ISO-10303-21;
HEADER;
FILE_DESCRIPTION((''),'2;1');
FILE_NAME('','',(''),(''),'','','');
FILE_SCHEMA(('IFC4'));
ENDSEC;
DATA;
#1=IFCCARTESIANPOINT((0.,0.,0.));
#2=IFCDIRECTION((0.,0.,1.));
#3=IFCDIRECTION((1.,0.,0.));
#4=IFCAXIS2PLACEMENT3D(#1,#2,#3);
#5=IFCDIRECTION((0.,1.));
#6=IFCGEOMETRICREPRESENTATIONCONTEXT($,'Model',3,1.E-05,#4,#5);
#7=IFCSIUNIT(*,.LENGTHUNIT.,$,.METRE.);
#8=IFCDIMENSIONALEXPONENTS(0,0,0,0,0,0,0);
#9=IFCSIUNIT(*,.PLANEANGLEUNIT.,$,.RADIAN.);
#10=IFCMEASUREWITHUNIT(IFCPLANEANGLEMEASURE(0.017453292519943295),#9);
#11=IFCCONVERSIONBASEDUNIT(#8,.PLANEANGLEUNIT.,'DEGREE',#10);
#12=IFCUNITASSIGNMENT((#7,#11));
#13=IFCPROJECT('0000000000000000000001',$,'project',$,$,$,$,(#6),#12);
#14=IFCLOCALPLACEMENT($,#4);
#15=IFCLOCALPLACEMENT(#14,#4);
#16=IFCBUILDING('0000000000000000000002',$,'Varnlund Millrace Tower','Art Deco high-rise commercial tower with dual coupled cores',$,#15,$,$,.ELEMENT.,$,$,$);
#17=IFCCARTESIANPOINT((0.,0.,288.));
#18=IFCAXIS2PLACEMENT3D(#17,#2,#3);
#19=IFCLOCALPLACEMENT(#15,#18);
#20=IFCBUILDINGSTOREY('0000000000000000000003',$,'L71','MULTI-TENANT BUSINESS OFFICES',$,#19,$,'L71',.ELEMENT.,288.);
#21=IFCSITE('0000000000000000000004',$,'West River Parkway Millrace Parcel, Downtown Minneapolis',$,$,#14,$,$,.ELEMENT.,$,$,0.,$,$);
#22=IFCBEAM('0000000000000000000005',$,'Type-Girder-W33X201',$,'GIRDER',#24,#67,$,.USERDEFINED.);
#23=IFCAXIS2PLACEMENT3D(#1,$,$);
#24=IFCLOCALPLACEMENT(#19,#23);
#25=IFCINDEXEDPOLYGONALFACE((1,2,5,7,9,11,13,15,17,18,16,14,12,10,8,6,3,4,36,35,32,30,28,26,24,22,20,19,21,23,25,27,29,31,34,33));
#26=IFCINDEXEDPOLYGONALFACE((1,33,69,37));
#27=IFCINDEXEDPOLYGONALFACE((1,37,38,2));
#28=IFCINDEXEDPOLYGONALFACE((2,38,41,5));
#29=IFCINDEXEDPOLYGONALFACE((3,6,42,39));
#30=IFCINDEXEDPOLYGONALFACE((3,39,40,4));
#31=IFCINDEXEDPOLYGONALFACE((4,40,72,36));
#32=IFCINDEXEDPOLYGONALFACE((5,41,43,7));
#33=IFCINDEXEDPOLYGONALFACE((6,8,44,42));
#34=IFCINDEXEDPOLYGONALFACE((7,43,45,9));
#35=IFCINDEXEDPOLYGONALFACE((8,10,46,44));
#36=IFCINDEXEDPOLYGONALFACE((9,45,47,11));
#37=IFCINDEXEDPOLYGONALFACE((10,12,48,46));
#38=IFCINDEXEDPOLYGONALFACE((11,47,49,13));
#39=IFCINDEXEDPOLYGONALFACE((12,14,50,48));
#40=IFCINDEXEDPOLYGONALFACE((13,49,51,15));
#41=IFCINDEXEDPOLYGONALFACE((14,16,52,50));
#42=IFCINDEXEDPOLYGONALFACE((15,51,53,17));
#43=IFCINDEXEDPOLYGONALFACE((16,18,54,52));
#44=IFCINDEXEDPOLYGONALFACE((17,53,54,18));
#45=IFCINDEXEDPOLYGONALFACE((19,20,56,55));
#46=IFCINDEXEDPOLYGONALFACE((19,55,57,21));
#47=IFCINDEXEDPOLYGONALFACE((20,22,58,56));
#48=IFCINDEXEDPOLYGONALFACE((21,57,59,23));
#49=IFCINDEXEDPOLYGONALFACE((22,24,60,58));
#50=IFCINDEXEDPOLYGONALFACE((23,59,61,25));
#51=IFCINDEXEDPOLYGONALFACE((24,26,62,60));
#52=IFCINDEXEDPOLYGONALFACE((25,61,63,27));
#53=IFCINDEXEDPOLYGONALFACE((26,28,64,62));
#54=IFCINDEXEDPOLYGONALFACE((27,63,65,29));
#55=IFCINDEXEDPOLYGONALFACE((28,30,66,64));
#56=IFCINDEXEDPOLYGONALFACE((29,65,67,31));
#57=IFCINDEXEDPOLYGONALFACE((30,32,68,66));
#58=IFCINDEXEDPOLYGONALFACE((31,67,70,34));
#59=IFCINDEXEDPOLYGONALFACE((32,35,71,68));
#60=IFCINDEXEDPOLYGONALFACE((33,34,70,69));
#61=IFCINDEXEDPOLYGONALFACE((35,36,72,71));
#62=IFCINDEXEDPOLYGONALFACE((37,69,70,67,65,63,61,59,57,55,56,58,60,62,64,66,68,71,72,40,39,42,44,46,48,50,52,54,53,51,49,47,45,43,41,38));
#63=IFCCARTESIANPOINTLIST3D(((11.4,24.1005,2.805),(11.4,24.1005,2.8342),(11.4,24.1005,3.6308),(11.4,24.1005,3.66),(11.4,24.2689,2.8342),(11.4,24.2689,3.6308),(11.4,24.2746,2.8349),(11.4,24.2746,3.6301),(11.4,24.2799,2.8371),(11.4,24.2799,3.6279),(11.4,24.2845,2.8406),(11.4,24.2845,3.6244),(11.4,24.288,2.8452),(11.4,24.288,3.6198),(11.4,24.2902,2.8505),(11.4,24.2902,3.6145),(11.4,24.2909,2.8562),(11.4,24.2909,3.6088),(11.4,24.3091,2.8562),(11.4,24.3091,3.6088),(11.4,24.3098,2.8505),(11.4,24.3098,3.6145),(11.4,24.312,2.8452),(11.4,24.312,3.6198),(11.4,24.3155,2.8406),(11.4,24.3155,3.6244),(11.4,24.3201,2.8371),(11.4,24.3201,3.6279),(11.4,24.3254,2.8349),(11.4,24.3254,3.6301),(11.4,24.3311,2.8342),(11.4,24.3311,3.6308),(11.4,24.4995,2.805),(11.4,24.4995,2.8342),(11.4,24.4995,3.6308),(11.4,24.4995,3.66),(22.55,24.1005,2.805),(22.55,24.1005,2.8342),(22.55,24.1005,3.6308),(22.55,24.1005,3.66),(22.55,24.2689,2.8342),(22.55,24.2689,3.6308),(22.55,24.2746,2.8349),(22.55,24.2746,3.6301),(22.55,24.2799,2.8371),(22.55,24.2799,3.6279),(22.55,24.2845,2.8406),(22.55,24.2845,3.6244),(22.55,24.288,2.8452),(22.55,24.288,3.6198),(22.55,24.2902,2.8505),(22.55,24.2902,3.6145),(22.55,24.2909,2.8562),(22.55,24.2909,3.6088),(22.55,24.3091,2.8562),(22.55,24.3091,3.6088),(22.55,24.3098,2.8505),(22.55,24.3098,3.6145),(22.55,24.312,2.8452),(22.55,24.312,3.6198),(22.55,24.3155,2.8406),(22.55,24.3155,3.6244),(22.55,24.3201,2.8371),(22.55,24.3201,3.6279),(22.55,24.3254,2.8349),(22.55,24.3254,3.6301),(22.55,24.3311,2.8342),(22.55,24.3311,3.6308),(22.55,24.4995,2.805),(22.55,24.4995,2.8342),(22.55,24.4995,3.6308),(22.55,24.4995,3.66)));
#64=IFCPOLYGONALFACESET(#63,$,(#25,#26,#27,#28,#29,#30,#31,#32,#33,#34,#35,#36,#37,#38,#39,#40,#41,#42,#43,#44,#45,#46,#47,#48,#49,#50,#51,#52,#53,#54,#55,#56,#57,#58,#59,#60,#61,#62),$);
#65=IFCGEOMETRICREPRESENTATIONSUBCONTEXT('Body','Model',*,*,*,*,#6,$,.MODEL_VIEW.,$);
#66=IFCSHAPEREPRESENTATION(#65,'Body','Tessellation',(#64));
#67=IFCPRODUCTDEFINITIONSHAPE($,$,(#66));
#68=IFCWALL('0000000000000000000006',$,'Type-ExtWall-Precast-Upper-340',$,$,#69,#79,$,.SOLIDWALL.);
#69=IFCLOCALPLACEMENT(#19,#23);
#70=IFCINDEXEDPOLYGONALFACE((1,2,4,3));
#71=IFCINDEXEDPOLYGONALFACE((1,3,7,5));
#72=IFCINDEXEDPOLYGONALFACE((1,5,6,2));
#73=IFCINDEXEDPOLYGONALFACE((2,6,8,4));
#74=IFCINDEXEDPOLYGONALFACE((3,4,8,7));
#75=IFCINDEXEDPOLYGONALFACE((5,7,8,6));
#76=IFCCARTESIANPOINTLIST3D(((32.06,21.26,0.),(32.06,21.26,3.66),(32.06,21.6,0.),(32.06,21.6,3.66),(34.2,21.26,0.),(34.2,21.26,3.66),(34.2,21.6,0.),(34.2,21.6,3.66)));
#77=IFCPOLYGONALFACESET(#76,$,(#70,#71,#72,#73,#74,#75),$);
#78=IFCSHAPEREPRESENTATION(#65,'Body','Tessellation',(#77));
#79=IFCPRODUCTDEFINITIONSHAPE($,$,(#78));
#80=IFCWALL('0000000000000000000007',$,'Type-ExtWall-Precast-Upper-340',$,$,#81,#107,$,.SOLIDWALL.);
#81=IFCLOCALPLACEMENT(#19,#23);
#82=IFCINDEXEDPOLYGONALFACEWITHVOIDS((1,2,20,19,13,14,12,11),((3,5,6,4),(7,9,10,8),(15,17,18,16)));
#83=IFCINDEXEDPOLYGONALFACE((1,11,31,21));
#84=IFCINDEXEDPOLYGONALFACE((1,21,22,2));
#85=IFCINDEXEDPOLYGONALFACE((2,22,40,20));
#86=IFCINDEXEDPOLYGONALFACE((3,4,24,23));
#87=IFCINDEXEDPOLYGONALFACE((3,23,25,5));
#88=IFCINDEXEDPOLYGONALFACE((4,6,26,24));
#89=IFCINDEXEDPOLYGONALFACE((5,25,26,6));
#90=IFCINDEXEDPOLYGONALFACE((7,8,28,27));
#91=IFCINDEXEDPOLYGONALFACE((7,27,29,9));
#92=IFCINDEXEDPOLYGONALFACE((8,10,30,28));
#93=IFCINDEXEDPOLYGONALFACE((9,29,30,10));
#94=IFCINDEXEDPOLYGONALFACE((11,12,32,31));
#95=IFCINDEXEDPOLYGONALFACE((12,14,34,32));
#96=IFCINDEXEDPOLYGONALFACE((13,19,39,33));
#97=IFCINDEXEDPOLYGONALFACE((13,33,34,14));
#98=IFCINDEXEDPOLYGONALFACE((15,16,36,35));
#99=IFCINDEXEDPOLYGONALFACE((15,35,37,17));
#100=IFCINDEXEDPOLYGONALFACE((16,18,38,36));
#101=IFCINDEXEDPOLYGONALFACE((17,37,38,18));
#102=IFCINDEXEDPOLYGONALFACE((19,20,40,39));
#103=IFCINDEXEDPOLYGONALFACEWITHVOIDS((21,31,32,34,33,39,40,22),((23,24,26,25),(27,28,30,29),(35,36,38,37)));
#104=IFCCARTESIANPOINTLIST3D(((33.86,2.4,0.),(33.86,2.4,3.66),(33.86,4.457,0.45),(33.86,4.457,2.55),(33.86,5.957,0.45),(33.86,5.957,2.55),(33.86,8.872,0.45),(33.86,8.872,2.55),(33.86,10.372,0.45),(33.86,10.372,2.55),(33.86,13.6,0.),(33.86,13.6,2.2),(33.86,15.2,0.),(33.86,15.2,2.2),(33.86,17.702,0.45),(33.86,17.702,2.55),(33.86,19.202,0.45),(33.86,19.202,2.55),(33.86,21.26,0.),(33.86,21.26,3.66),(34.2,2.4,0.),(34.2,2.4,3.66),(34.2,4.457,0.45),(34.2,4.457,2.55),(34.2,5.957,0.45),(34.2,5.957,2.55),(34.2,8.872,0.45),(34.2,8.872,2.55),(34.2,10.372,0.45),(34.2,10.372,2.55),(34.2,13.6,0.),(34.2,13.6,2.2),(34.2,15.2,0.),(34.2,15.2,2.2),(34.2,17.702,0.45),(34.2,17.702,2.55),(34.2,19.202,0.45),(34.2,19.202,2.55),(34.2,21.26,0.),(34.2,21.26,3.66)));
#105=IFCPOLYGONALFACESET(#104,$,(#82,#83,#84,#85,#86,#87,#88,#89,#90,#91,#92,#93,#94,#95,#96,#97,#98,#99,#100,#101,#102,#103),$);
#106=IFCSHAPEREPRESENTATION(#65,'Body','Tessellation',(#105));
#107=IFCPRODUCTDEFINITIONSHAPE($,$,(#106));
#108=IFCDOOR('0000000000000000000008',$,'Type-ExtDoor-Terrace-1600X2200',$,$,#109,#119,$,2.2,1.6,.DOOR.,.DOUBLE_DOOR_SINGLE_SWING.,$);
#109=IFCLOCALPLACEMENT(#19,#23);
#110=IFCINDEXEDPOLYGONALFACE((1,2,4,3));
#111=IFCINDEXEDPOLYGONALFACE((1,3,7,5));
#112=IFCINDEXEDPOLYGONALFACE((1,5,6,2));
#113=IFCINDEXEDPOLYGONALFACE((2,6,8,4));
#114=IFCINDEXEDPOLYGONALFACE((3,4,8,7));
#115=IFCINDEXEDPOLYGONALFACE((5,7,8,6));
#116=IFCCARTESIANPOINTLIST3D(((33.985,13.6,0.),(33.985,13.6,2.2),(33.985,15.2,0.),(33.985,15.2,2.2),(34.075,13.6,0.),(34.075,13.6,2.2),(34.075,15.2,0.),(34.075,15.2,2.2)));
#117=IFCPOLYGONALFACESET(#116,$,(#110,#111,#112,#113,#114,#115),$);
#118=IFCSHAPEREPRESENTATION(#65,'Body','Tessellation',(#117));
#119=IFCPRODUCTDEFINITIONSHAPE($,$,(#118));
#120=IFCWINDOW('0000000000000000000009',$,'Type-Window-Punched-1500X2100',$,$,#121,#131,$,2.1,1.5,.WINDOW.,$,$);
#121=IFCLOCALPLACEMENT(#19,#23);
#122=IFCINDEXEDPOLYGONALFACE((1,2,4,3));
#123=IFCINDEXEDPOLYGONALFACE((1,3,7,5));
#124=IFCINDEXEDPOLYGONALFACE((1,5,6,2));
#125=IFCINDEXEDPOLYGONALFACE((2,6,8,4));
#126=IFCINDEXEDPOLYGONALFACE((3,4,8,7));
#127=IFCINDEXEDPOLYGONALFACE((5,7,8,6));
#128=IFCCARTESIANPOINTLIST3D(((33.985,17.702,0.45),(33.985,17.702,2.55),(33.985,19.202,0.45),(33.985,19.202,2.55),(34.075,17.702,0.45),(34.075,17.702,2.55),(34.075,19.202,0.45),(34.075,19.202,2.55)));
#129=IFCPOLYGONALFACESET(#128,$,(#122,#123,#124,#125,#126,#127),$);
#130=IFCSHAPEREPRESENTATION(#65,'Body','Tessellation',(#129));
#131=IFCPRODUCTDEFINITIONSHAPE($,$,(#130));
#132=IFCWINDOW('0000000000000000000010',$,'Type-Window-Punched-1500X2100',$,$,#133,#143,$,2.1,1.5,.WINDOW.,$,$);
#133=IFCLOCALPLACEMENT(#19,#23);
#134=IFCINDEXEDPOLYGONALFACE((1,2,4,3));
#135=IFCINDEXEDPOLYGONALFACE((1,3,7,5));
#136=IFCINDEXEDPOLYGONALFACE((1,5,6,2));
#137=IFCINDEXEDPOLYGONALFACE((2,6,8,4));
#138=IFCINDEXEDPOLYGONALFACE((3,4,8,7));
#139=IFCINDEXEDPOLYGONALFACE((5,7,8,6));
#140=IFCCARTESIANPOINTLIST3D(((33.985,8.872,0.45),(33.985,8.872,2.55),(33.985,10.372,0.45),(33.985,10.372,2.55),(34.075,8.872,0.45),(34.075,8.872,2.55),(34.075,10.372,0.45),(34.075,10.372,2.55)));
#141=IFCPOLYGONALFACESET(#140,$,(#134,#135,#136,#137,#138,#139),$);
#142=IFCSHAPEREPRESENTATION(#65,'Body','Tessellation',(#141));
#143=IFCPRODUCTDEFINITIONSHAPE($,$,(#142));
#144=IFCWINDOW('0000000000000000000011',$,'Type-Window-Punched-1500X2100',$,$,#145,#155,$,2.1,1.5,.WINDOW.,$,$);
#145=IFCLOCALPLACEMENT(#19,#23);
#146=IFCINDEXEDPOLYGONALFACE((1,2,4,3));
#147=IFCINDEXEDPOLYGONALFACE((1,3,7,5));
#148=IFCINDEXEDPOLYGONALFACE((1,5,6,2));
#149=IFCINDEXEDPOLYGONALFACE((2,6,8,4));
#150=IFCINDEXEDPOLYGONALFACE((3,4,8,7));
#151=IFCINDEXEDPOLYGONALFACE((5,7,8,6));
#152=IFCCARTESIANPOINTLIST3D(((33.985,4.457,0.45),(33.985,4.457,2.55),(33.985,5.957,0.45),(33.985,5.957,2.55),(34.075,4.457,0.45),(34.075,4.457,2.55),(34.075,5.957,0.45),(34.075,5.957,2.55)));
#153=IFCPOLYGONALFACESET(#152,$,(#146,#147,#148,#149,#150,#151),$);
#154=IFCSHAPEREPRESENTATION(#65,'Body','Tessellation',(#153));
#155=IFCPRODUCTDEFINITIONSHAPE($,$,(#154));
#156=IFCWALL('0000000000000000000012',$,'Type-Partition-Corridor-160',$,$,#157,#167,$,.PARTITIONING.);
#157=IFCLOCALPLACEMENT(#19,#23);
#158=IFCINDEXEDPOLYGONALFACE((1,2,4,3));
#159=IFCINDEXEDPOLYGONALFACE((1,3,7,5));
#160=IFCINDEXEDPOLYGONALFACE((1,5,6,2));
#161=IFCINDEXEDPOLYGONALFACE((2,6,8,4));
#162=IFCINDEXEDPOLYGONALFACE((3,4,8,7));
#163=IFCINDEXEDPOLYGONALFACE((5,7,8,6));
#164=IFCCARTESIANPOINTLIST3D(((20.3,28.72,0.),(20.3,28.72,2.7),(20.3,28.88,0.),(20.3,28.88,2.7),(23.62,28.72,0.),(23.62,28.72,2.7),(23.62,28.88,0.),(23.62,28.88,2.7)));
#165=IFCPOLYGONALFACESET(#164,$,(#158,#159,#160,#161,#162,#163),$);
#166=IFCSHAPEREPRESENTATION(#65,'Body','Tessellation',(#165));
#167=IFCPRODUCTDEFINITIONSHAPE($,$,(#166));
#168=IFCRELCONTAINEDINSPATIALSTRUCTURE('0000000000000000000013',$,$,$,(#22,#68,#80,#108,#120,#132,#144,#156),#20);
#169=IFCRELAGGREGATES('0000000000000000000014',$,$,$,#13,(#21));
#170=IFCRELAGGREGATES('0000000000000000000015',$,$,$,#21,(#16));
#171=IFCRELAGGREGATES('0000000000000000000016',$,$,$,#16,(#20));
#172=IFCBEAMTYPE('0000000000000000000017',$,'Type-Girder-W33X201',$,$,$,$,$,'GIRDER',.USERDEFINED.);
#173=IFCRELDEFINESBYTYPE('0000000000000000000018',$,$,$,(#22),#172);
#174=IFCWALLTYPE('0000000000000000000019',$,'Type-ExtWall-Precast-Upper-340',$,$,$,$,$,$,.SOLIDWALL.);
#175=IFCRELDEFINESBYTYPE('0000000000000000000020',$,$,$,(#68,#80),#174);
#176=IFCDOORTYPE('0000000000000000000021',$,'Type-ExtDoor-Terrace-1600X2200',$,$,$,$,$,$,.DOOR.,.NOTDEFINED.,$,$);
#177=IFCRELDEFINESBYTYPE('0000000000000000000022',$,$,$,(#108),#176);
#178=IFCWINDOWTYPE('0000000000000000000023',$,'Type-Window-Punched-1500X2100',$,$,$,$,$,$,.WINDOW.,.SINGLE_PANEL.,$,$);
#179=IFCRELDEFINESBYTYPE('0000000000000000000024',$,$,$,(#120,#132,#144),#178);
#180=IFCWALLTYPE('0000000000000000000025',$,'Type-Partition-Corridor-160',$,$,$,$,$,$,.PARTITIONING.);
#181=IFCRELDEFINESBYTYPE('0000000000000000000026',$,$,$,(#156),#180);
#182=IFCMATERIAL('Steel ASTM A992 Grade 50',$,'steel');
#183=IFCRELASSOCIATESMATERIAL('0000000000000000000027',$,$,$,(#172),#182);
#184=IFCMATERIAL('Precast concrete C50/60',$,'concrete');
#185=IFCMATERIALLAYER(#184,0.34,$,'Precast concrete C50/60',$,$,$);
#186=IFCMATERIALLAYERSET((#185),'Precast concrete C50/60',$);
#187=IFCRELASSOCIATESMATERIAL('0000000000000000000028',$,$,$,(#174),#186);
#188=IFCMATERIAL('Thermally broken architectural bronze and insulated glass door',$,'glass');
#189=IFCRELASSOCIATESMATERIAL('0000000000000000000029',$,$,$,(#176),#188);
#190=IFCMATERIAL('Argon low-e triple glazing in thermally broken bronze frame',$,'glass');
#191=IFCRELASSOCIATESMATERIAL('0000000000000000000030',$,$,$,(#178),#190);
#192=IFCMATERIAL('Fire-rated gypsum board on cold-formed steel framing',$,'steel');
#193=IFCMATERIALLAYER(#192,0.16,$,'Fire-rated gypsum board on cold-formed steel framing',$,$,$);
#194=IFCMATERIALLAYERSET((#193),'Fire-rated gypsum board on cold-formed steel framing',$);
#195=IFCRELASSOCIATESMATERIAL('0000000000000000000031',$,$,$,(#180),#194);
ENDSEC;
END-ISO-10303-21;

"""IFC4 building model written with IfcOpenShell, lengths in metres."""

from ifc_helpers import new_model, entity, si_unit, converted_unit, direction, frame, origin_with_axes, origin_2d_with_axis, place, context, subcontext, project, spatial, polyline, rectangle, i_section, outline, extrude, material, layer, layer_set, material_profile, profile_set, type_object, element, fill, save


model = new_model("IFC4")

# Units and contexts
model_context = context("Model", 3, precision=1e-05, world=origin_with_axes(), true_north=direction((0.0, 1.0)))
body_context = subcontext(model_context, "Body", "Model", "MODEL_VIEW")
ifc_project = project(units=[si_unit("LENGTHUNIT", "METRE"), converted_unit("PLANEANGLEUNIT", "DEGREE", entity("IfcPlaneAngleMeasure", 0.017453292519943295), si_unit("PLANEANGLEUNIT", "RADIAN"), dimensions=[0, 0, 0, 0, 0, 0, 0])], contexts=[model_context])

# Site, building, storey
site_placement = place(None, origin_with_axes())
site = spatial("IfcSite", under=ifc_project, at=site_placement, Name="West River Parkway Millrace Parcel, Downtown Minneapolis", CompositionType="ELEMENT", RefElevation=0.0)
building_placement = place(site_placement, origin_with_axes())
building = spatial("IfcBuilding", under=site, at=building_placement, Name="Varnlund Millrace Tower", Description="Art Deco high-rise commercial tower with dual coupled cores", CompositionType="ELEMENT")
storey_placement = place(building_placement, frame((0.0, 0.0, 288.0), z_axis=(0.0, 0.0, 1.0), x_axis=(1.0, 0.0, 0.0)))
storey = spatial("IfcBuildingStorey", under=building, at=storey_placement, Name="L71", Description="MULTI-TENANT BUSINESS OFFICES", LongName="L71", CompositionType="ELEMENT", Elevation=288.0)

# Beam
ifc_material_1 = material(Name="Steel ASTM A992 Grade 50", Category="steel")
ifc_material_profile_1 = material_profile(ifc_material_1, i_section(OverallWidth=0.399, OverallDepth=0.855, WebThickness=0.0182, FlangeThickness=0.0292, FilletRadius=0.022, at=origin_2d_with_axis()), Name="Steel ASTM A992 Grade 50")
ifc_profile_set_1 = profile_set([ifc_material_profile_1], Name="Steel ASTM A992 Grade 50")
beam_type_1 = type_object("IfcBeamType", Name="Type-Girder-W33X201", ElementType="GIRDER", PredefinedType="USERDEFINED", material=ifc_profile_set_1)
beam_1_placement = place(storey_placement, frame((11.4, 24.3, 3.2325), z_axis=(1.0, 0.0, 0.0), x_axis=(0.0, 1.0, 0.0)))
element("IfcBeam", 1, at=beam_1_placement, inside=storey, type_object=beam_type_1, Name="Type-Girder-W33X201", ObjectType="GIRDER", PredefinedType="USERDEFINED", context=body_context, shape_type="SweptSolid", body=[
    extrude(i_section(OverallWidth=0.399, OverallDepth=0.855, WebThickness=0.0182, FlangeThickness=0.0292, FilletRadius=0.022, at=origin_2d_with_axis()), origin_with_axes(), (0.0, 0.0, 1.0), 11.15),
])

# Wall
ifc_material_2 = material(Name="Precast concrete C50/60", Category="concrete")
ifc_layer_1 = layer(ifc_material_2, 0.34, Name="Precast concrete C50/60")
ifc_layer_set_1 = layer_set([ifc_layer_1], Name="Precast concrete C50/60")
wall_type_1 = type_object("IfcWallType", Name="Type-ExtWall-Precast-Upper-340", PredefinedType="SOLIDWALL", material=ifc_layer_set_1)
wall_1_placement = place(storey_placement, frame((32.06, 21.43, 0.0), z_axis=(0.0, 0.0, 1.0), x_axis=(1.0, 0.0, 0.0)))
element("IfcWall", 2, at=wall_1_placement, inside=storey, type_object=wall_type_1, Name="Type-ExtWall-Precast-Upper-340", PredefinedType="SOLIDWALL", context=body_context, shape_type="SweptSolid", body=[
    extrude(outline(polyline([(0.0, -0.17), (2.14, -0.17), (2.14, 0.17), (0.0, 0.17), (0.0, -0.17)])), origin_with_axes(), (0.0, 0.0, 1.0), 3.66),
])

# Wall, openings, door, windows
wall_2_placement = place(storey_placement, frame((34.03, 21.26, 0.0), z_axis=(0.0, 0.0, 1.0), x_axis=(0.0, -1.0, 0.0)))
wall_2 = element("IfcWall", 3, at=wall_2_placement, inside=storey, type_object=wall_type_1, Name="Type-ExtWall-Precast-Upper-340", PredefinedType="SOLIDWALL", context=body_context, shape_type="SweptSolid", body=[
    extrude(outline(polyline([(0.0, -0.17), (18.86, -0.17), (18.86, 0.17), (0.0, 0.17), (0.0, -0.17)])), origin_with_axes(), (0.0, 0.0, 1.0), 3.66),
])
opening_1_placement = place(wall_2_placement, frame((6.86, 0.0, 0.0), z_axis=(0.0, 0.0, 1.0), x_axis=(1.0, 0.0, 0.0)))
opening_1 = element("IfcOpeningElement", 4, at=opening_1_placement, cuts=wall_2, PredefinedType="OPENING", context=body_context, shape_type="SweptSolid", body=[
    extrude(rectangle(XDim=1.6, YDim=0.36, at=origin_2d_with_axis()), origin_with_axes(), (0.0, 0.0, 1.0), 2.2),
])
opening_2_placement = place(wall_2_placement, frame((2.808, 0.0, 0.45), z_axis=(0.0, 0.0, 1.0), x_axis=(1.0, 0.0, 0.0)))
opening_2 = element("IfcOpeningElement", 5, at=opening_2_placement, cuts=wall_2, PredefinedType="OPENING", context=body_context, shape_type="SweptSolid", body=[
    extrude(rectangle(XDim=1.5, YDim=0.36, at=origin_2d_with_axis()), origin_with_axes(), (0.0, 0.0, 1.0), 2.1),
])
opening_3_placement = place(wall_2_placement, frame((11.638, 0.0, 0.45), z_axis=(0.0, 0.0, 1.0), x_axis=(1.0, 0.0, 0.0)))
opening_3 = element("IfcOpeningElement", 6, at=opening_3_placement, cuts=wall_2, PredefinedType="OPENING", context=body_context, shape_type="SweptSolid", body=[
    extrude(rectangle(XDim=1.5, YDim=0.36, at=origin_2d_with_axis()), origin_with_axes(), (0.0, 0.0, 1.0), 2.1),
])
opening_4_placement = place(wall_2_placement, frame((16.053, 0.0, 0.45), z_axis=(0.0, 0.0, 1.0), x_axis=(1.0, 0.0, 0.0)))
opening_4 = element("IfcOpeningElement", 7, at=opening_4_placement, cuts=wall_2, PredefinedType="OPENING", context=body_context, shape_type="SweptSolid", body=[
    extrude(rectangle(XDim=1.5, YDim=0.36, at=origin_2d_with_axis()), origin_with_axes(), (0.0, 0.0, 1.0), 2.1),
])
ifc_material_3 = material(Name="Thermally broken architectural bronze and insulated glass door", Category="glass")
door_type = type_object("IfcDoorType", Name="Type-ExtDoor-Terrace-1600X2200", OperationType="NOTDEFINED", PredefinedType="DOOR", material=ifc_material_3)
door_placement = place(wall_2_placement, frame((6.86, 0.0, 0.0), z_axis=(0.0, 0.0, 1.0), x_axis=(1.0, 0.0, 0.0)))
door = element("IfcDoor", 8, at=door_placement, inside=storey, type_object=door_type, Name="Type-ExtDoor-Terrace-1600X2200", OperationType="DOUBLE_DOOR_SINGLE_SWING", OverallHeight=2.2, OverallWidth=1.6, PredefinedType="DOOR", context=body_context, shape_type="SweptSolid", body=[
    extrude(rectangle(XDim=1.6, YDim=0.09, at=origin_2d_with_axis()), origin_with_axes(), (0.0, 0.0, 1.0), 2.2),
])
fill(opening_1, door)
ifc_material_4 = material(Name="Argon low-e triple glazing in thermally broken bronze frame", Category="glass")
window_type = type_object("IfcWindowType", Name="Type-Window-Punched-1500X2100", PartitioningType="SINGLE_PANEL", PredefinedType="WINDOW", material=ifc_material_4)
window_1_placement = place(wall_2_placement, frame((2.808, 0.0, 0.45), z_axis=(0.0, 0.0, 1.0), x_axis=(1.0, 0.0, 0.0)))
window_1 = element("IfcWindow", 9, at=window_1_placement, inside=storey, type_object=window_type, Name="Type-Window-Punched-1500X2100", OverallHeight=2.1, OverallWidth=1.5, PredefinedType="WINDOW", context=body_context, shape_type="SweptSolid", body=[
    extrude(rectangle(XDim=1.5, YDim=0.09, at=origin_2d_with_axis()), origin_with_axes(), (0.0, 0.0, 1.0), 2.1),
])
fill(opening_2, window_1)
window_2_placement = place(wall_2_placement, frame((11.638, 0.0, 0.45), z_axis=(0.0, 0.0, 1.0), x_axis=(1.0, 0.0, 0.0)))
window_2 = element("IfcWindow", 10, at=window_2_placement, inside=storey, type_object=window_type, Name="Type-Window-Punched-1500X2100", OverallHeight=2.1, OverallWidth=1.5, PredefinedType="WINDOW", context=body_context, shape_type="SweptSolid", body=[
    extrude(rectangle(XDim=1.5, YDim=0.09, at=origin_2d_with_axis()), origin_with_axes(), (0.0, 0.0, 1.0), 2.1),
])
fill(opening_3, window_2)
window_3_placement = place(wall_2_placement, frame((16.053, 0.0, 0.45), z_axis=(0.0, 0.0, 1.0), x_axis=(1.0, 0.0, 0.0)))
window_3 = element("IfcWindow", 11, at=window_3_placement, inside=storey, type_object=window_type, Name="Type-Window-Punched-1500X2100", OverallHeight=2.1, OverallWidth=1.5, PredefinedType="WINDOW", context=body_context, shape_type="SweptSolid", body=[
    extrude(rectangle(XDim=1.5, YDim=0.09, at=origin_2d_with_axis()), origin_with_axes(), (0.0, 0.0, 1.0), 2.1),
])
fill(opening_4, window_3)

# Wall
ifc_material_5 = material(Name="Fire-rated gypsum board on cold-formed steel framing", Category="steel")
ifc_layer_2 = layer(ifc_material_5, 0.16, Name="Fire-rated gypsum board on cold-formed steel framing")
ifc_layer_set_2 = layer_set([ifc_layer_2], Name="Fire-rated gypsum board on cold-formed steel framing")
wall_type_2 = type_object("IfcWallType", Name="Type-Partition-Corridor-160", PredefinedType="PARTITIONING", material=ifc_layer_set_2)
wall_3_placement = place(storey_placement, frame((20.3, 28.8, 0.0), z_axis=(0.0, 0.0, 1.0), x_axis=(1.0, 0.0, 0.0)))
element("IfcWall", 12, at=wall_3_placement, inside=storey, type_object=wall_type_2, Name="Type-Partition-Corridor-160", PredefinedType="PARTITIONING", context=body_context, shape_type="SweptSolid", body=[
    extrude(outline(polyline([(0.0, -0.08), (3.32, -0.08), (3.32, 0.08), (0.0, 0.08), (0.0, -0.08)])), origin_with_axes(), (0.0, 0.0, 1.0), 2.7),
])

save(model, "model.ifc")
